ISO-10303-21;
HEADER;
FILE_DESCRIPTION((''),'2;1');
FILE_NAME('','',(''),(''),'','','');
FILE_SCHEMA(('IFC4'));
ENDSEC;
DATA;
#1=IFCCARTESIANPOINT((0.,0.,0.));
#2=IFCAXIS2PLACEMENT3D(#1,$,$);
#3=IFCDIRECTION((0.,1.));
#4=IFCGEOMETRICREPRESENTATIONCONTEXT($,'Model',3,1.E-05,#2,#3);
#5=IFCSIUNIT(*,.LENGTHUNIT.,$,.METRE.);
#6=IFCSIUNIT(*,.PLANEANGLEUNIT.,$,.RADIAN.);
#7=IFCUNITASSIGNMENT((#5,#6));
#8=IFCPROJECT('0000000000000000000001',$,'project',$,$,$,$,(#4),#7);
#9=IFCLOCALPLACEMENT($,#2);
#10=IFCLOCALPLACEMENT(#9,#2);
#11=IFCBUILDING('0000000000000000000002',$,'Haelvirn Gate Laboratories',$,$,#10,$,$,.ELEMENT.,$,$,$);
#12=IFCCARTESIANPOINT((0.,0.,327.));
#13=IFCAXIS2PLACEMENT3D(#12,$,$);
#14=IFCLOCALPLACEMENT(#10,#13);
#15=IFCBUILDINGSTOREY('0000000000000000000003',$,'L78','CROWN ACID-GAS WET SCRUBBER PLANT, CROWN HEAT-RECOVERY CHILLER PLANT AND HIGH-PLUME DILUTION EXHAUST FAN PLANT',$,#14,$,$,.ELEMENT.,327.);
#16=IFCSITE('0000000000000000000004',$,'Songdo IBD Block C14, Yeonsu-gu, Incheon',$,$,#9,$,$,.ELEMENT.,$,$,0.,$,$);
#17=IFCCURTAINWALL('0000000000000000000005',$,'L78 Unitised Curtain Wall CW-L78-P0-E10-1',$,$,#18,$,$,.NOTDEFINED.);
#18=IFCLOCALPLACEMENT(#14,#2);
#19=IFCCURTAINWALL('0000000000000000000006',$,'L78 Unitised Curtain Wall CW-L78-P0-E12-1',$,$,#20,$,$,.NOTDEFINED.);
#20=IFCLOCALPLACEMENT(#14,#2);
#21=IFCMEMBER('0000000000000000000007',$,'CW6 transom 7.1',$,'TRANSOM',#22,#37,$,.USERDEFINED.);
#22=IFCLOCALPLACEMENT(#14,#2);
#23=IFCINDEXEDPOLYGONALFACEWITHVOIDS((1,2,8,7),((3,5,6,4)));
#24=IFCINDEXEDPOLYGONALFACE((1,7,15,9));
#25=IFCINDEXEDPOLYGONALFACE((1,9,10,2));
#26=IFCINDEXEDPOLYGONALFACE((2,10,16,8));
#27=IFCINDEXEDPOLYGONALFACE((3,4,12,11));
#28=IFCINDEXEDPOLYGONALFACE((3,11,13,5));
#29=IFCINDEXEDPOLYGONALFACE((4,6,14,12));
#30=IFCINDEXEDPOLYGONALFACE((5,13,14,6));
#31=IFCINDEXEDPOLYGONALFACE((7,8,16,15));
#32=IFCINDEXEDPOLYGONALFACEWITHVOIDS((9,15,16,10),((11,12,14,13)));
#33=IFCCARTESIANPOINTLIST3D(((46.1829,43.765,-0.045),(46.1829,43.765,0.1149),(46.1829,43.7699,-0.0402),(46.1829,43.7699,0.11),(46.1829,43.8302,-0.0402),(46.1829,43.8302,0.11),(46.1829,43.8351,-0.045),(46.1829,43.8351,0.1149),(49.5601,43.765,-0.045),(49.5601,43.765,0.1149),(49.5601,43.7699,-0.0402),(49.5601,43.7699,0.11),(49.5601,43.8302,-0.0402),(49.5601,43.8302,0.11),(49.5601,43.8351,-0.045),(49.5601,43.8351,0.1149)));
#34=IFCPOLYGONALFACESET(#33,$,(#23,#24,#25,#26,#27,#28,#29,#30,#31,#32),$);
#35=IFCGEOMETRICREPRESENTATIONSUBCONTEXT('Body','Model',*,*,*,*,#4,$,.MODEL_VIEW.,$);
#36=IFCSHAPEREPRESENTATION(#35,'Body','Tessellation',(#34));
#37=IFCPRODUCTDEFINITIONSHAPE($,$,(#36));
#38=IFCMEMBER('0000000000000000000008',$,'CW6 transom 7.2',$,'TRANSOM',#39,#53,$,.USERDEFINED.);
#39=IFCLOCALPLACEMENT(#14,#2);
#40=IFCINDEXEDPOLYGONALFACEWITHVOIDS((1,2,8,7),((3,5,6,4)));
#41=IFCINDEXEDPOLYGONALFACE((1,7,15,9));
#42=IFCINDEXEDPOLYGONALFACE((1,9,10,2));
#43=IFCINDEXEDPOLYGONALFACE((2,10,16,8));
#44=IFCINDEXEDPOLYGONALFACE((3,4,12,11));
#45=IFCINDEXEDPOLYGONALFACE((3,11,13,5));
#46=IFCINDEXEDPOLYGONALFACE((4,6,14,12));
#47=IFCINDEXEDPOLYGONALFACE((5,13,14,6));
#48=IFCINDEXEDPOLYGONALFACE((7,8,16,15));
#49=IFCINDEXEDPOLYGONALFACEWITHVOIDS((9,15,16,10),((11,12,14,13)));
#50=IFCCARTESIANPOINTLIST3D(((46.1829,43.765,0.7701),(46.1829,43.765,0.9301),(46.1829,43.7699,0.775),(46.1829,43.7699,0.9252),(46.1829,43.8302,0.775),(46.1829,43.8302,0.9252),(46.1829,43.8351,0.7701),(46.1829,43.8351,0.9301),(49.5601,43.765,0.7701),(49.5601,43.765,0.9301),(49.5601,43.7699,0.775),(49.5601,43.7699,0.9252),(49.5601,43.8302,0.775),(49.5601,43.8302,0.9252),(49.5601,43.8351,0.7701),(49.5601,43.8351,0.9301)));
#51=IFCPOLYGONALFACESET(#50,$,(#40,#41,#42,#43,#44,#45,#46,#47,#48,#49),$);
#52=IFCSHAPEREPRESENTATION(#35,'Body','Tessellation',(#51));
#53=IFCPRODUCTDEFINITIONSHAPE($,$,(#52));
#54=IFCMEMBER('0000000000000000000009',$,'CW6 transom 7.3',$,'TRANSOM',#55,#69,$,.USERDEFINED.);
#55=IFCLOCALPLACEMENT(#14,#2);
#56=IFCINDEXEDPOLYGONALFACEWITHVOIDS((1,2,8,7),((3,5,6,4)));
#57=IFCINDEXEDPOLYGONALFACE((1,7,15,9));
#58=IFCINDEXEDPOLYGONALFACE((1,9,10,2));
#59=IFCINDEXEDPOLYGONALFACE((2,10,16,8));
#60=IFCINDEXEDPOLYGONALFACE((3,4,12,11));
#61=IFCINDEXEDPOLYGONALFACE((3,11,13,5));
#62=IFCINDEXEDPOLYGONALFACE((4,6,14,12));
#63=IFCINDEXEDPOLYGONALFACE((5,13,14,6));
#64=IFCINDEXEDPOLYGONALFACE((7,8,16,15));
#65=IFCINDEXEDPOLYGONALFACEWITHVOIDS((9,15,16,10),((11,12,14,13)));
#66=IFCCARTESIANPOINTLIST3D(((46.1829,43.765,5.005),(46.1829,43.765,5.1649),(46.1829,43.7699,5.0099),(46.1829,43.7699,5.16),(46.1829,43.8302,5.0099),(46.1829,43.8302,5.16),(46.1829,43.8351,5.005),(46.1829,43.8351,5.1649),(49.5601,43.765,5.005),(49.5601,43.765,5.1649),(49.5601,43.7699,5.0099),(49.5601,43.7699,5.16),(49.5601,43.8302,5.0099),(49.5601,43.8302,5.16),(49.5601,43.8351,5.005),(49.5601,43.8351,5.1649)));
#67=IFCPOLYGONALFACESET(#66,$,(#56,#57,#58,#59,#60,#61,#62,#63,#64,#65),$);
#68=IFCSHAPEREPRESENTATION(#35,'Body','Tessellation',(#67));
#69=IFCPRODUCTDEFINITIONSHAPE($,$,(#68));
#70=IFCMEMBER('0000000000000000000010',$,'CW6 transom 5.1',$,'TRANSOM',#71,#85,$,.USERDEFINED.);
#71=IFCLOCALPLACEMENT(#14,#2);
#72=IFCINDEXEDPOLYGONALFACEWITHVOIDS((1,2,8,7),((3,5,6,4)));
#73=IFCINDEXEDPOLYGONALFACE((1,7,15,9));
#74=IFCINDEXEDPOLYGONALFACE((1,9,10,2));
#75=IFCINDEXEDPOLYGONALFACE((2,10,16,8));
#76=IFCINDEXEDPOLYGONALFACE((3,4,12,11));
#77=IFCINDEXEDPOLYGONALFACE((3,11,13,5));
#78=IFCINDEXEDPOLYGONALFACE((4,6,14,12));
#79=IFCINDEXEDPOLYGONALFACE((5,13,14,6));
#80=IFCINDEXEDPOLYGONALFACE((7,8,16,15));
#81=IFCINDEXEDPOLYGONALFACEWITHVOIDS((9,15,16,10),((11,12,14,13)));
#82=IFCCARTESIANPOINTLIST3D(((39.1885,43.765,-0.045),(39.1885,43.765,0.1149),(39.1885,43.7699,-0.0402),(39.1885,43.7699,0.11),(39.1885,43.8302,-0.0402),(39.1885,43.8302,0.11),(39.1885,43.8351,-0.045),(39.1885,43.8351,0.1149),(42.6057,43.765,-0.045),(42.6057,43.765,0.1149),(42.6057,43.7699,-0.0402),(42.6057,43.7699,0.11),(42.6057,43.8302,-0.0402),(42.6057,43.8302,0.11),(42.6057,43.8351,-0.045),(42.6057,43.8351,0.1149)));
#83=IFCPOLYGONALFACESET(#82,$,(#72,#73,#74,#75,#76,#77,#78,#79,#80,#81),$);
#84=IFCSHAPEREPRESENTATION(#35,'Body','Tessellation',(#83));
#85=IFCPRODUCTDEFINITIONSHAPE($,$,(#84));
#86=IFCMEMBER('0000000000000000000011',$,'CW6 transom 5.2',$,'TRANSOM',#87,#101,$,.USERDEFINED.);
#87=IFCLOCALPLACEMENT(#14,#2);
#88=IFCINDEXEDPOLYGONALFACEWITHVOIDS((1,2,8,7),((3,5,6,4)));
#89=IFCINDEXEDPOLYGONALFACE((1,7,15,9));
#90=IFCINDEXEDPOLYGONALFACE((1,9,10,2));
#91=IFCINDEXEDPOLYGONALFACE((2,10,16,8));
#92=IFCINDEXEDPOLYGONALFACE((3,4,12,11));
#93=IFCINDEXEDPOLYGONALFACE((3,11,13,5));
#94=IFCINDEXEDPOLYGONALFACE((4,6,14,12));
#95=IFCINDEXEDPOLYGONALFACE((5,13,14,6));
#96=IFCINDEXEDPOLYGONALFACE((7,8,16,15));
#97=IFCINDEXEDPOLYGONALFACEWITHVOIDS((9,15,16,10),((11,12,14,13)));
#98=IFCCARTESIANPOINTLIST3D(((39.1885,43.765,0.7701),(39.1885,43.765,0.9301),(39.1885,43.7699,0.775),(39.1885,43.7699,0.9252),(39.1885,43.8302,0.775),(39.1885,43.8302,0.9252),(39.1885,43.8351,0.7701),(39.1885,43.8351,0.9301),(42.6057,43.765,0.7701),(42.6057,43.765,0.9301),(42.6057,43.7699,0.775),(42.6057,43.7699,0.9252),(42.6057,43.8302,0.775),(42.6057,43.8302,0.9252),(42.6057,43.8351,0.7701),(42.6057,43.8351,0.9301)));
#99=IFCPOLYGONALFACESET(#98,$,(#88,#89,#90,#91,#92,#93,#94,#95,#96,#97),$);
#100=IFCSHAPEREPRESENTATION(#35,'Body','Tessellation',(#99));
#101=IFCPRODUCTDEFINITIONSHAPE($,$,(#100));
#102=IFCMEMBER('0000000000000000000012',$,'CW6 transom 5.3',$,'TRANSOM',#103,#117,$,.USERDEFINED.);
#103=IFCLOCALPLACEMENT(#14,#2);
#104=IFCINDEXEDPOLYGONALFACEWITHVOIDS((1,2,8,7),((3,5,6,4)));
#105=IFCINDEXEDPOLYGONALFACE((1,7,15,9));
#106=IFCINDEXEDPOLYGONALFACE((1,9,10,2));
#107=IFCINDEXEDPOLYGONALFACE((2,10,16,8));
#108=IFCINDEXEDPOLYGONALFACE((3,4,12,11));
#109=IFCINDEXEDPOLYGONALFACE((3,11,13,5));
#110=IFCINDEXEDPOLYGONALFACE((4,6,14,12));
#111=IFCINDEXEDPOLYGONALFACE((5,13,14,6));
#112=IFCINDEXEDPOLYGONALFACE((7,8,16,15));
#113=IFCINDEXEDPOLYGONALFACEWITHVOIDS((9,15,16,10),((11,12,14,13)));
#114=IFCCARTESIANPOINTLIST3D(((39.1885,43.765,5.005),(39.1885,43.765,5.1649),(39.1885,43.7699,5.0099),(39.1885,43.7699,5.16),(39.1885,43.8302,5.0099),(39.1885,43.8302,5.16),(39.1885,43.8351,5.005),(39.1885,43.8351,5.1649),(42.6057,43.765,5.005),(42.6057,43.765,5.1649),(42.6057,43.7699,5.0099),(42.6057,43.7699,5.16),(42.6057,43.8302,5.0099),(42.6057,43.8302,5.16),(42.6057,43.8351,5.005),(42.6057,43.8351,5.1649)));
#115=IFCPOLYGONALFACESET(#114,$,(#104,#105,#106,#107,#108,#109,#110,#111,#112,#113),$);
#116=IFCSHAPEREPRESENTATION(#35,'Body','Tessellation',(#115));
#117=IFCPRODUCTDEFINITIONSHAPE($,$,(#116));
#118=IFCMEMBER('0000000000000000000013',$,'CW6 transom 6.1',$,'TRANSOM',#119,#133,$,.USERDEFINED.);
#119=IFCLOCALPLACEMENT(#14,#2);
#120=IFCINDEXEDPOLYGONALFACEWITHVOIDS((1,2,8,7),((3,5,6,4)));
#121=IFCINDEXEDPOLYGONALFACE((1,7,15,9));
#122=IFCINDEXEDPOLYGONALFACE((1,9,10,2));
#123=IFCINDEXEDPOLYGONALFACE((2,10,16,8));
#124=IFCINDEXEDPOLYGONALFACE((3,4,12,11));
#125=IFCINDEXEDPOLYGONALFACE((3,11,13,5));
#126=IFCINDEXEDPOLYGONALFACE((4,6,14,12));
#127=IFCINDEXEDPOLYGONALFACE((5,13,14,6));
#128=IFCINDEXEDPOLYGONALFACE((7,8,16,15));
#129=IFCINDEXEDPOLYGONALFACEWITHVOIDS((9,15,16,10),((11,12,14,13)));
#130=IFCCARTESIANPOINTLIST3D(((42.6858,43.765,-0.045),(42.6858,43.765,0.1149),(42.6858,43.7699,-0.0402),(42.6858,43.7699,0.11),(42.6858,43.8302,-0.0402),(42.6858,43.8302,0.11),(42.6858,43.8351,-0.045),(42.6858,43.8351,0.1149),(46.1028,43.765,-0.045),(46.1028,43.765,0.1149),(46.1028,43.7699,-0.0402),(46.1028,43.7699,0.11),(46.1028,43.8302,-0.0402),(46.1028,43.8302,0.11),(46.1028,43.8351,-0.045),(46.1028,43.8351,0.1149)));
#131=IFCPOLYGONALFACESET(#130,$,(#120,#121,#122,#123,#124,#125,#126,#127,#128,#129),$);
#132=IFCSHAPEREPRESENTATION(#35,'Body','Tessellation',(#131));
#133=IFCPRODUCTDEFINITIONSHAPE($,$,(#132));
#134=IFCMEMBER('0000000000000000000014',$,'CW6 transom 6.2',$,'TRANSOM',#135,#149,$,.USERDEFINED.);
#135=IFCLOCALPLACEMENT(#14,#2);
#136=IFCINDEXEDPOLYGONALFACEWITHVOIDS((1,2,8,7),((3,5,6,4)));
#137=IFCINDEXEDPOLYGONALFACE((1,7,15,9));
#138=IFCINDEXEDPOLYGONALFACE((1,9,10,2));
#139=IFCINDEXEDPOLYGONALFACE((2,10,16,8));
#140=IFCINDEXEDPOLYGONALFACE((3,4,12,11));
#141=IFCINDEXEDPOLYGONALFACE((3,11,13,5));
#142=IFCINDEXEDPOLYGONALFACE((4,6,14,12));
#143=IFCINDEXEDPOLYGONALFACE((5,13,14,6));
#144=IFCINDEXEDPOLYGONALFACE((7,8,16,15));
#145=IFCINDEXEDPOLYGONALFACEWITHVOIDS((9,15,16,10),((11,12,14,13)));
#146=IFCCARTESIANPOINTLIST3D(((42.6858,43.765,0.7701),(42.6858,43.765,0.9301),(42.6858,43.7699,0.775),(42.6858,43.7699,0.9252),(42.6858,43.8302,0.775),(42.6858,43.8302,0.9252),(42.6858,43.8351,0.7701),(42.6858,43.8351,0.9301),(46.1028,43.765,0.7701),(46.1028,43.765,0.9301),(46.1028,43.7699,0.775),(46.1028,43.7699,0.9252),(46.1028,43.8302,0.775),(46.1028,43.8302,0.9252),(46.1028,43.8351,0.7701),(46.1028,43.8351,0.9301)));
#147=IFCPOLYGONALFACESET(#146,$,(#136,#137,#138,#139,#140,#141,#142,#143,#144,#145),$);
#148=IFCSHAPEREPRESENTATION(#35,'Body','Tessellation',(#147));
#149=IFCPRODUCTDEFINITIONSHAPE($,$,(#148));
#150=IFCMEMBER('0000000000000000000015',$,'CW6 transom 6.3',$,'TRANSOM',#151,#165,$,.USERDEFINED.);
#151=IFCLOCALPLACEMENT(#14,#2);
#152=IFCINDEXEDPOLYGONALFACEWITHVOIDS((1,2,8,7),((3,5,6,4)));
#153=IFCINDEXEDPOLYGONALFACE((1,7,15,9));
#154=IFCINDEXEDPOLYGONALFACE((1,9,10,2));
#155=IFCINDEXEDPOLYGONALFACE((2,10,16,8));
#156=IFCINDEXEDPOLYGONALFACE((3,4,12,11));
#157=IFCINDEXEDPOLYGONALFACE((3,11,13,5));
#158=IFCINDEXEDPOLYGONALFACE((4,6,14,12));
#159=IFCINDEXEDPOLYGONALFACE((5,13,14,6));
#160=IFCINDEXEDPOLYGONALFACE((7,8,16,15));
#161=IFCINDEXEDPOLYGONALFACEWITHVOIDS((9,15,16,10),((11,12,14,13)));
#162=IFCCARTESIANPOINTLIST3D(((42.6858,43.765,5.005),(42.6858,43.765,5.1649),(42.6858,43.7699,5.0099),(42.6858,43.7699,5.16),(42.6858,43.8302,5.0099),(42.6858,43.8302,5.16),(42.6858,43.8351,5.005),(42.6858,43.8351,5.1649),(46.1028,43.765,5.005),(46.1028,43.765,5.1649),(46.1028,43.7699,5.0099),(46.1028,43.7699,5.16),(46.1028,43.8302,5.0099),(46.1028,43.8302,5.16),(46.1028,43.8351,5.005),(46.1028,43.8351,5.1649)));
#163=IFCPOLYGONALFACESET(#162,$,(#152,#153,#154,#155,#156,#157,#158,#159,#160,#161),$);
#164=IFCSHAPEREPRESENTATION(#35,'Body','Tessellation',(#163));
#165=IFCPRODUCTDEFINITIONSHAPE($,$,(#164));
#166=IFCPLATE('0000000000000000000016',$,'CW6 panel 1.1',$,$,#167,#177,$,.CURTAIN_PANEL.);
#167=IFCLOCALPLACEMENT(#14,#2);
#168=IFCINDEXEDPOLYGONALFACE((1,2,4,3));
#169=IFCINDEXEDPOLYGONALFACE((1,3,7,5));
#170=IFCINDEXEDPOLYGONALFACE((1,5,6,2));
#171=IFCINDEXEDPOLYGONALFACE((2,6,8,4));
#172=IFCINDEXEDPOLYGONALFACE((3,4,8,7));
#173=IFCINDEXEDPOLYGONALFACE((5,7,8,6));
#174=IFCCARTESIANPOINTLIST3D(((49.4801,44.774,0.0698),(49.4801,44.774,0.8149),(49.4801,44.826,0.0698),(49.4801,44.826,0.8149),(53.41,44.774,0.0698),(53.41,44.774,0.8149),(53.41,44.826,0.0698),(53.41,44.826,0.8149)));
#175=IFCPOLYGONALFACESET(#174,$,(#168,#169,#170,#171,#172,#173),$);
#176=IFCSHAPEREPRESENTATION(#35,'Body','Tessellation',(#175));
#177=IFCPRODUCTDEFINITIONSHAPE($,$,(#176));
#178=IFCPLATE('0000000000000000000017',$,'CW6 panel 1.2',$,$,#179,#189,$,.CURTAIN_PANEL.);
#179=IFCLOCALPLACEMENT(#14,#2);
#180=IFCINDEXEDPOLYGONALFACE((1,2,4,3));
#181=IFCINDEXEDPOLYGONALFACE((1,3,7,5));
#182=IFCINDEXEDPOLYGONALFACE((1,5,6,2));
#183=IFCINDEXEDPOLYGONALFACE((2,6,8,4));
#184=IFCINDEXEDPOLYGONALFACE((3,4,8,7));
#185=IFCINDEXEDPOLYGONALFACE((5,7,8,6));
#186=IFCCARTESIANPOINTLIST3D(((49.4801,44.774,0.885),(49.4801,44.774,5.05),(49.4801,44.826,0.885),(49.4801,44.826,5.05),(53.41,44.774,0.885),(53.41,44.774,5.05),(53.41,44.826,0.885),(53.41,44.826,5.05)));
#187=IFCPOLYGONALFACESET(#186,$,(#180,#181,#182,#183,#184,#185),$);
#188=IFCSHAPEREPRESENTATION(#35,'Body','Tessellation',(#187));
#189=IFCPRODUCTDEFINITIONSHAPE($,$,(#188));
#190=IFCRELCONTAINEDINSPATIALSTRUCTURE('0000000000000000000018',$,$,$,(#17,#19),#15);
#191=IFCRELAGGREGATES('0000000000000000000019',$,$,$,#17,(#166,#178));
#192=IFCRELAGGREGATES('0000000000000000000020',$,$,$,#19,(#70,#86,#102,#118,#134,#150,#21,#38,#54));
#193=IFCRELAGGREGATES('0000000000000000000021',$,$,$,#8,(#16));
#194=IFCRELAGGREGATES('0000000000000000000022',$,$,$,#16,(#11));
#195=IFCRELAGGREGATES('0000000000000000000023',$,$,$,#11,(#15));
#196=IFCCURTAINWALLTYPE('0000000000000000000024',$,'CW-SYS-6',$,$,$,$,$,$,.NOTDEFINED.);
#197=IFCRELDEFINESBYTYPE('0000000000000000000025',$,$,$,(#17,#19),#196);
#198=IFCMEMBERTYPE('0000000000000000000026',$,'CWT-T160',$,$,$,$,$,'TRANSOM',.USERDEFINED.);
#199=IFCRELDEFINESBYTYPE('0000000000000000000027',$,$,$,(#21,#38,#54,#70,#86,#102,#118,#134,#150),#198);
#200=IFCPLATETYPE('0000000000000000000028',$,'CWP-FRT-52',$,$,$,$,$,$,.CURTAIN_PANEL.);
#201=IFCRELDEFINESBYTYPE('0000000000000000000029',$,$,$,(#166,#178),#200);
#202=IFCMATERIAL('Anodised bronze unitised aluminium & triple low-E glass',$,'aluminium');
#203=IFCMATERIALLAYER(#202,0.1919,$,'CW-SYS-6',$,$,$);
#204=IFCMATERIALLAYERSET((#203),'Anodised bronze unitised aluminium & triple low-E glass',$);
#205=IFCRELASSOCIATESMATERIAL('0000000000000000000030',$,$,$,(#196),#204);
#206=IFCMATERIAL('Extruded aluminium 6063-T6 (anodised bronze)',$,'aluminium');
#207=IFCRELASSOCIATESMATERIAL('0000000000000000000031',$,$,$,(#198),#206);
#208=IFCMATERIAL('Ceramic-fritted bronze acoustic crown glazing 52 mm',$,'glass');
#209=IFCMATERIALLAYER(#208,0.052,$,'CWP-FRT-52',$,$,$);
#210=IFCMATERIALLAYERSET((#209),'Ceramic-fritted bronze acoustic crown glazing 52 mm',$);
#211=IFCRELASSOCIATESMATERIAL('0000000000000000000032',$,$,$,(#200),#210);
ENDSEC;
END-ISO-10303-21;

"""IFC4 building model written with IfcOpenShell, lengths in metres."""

from ifc_helpers import new_model, si_unit, direction, frame, origin, origin_2d, place, context, subcontext, project, spatial, rectangle, hollow_rectangle, extrude, source, transform, mapped, material, layer, layer_set, material_profile, profile_set, type_object, element, aggregate, save


model = new_model("IFC4")

# Units and contexts
model_context = context("Model", 3, precision=1e-05, world=origin(), true_north=direction((0.0, 1.0)))
body_context = subcontext(model_context, "Body", "Model", "MODEL_VIEW")
ifc_project = project(units=[si_unit("LENGTHUNIT", "METRE"), si_unit("PLANEANGLEUNIT", "RADIAN")], contexts=[model_context])

# Site, building, storey
site_placement = place(None, origin())
site = spatial("IfcSite", under=ifc_project, at=site_placement, Name="Songdo IBD Block C14, Yeonsu-gu, Incheon", CompositionType="ELEMENT", RefElevation=0.0)
building_placement = place(site_placement, origin())
building = spatial("IfcBuilding", under=site, at=building_placement, Name="Haelvirn Gate Laboratories", CompositionType="ELEMENT")
storey_placement = place(building_placement, frame((0.0, 0.0, 327.0)))
storey = spatial("IfcBuildingStorey", under=building, at=storey_placement, Name="L78", Description="CROWN ACID-GAS WET SCRUBBER PLANT, CROWN HEAT-RECOVERY CHILLER PLANT AND HIGH-PLUME DILUTION EXHAUST FAN PLANT", CompositionType="ELEMENT", Elevation=327.0)

# Curtain walls
ifc_material_1 = material(Name="Anodised bronze unitised aluminium & triple low-E glass", Category="aluminium")
ifc_layer_1 = layer(ifc_material_1, 0.1919, Name="CW-SYS-6")
ifc_layer_set_1 = layer_set([ifc_layer_1], Name="Anodised bronze unitised aluminium & triple low-E glass")
curtain_wall_type = type_object("IfcCurtainWallType", Name="CW-SYS-6", PredefinedType="NOTDEFINED", material=ifc_layer_set_1)
curtain_wall_1_placement = place(storey_placement, origin())
curtain_wall_1 = element("IfcCurtainWall", 1, at=curtain_wall_1_placement, inside=storey, type_object=curtain_wall_type, Name="L78 Unitised Curtain Wall CW-L78-P0-E10-1", PredefinedType="NOTDEFINED")
ifc_material_2 = material(Name="Extruded aluminium 6063-T6 (anodised bronze)", Category="aluminium")
curtain_wall_2_placement = place(storey_placement, origin())
curtain_wall_2 = element("IfcCurtainWall", 2, at=curtain_wall_2_placement, inside=storey, type_object=curtain_wall_type, Name="L78 Unitised Curtain Wall CW-L78-P0-E12-1", PredefinedType="NOTDEFINED")

# Members
ifc_material_profile_1 = material_profile(ifc_material_2, hollow_rectangle(XDim=0.0701, YDim=0.1599, WallThickness=0.0049, at=origin_2d()), Name="CWT-160x70x5")
ifc_profile_set_1 = profile_set([ifc_material_profile_1], Name="Extruded aluminium 6063-T6 (anodised bronze)")
member_type_1 = type_object("IfcMemberType", Name="CWT-T160", ElementType="TRANSOM", PredefinedType="USERDEFINED", material=ifc_profile_set_1)
shared_shape_1 = source(origin(), body_context, "Body", "SweptSolid", [
    extrude(hollow_rectangle(XDim=0.0701, YDim=0.1599, WallThickness=0.0049, at=origin_2d()), origin(), (0.0, 0.0, 1.0), 3.3772),
])
member_1_placement = place(storey_placement, frame((46.1829, 43.8, 0.0349), z_axis=(1.0, 0.0, 0.0), x_axis=(0.0, 1.0, 0.0)))
member_1 = element("IfcMember", 3, at=member_1_placement, type_object=member_type_1, Name="CW6 transom 7.1", ObjectType="TRANSOM", PredefinedType="USERDEFINED", context=body_context, shape_type="MappedRepresentation", body=[
    mapped(shared_shape_1, transform((0.0, 0.0, 0.0), scale=1.0)),
])
member_2_placement = place(storey_placement, frame((46.1829, 43.8, 0.8501), z_axis=(1.0, 0.0, 0.0), x_axis=(0.0, 1.0, 0.0)))
member_2 = element("IfcMember", 4, at=member_2_placement, type_object=member_type_1, Name="CW6 transom 7.2", ObjectType="TRANSOM", PredefinedType="USERDEFINED", context=body_context, shape_type="MappedRepresentation", body=[
    mapped(shared_shape_1, transform((0.0, 0.0, 0.0), scale=1.0)),
])
member_3_placement = place(storey_placement, frame((46.1829, 43.8, 5.085), z_axis=(1.0, 0.0, 0.0), x_axis=(0.0, 1.0, 0.0)))
member_3 = element("IfcMember", 5, at=member_3_placement, type_object=member_type_1, Name="CW6 transom 7.3", ObjectType="TRANSOM", PredefinedType="USERDEFINED", context=body_context, shape_type="MappedRepresentation", body=[
    mapped(shared_shape_1, transform((0.0, 0.0, 0.0), scale=1.0)),
])
shared_shape_2 = source(origin(), body_context, "Body", "SweptSolid", [
    extrude(hollow_rectangle(XDim=0.0701, YDim=0.1599, WallThickness=0.0049, at=origin_2d()), origin(), (0.0, 0.0, 1.0), 3.4172),
])
member_4_placement = place(storey_placement, frame((39.1885, 43.8, 0.0349), z_axis=(1.0, 0.0, 0.0), x_axis=(0.0, 1.0, 0.0)))
member_4 = element("IfcMember", 6, at=member_4_placement, type_object=member_type_1, Name="CW6 transom 5.1", ObjectType="TRANSOM", PredefinedType="USERDEFINED", context=body_context, shape_type="MappedRepresentation", body=[
    mapped(shared_shape_2, transform((0.0, 0.0, 0.0), scale=1.0)),
])
member_5_placement = place(storey_placement, frame((39.1885, 43.8, 0.8501), z_axis=(1.0, 0.0, 0.0), x_axis=(0.0, 1.0, 0.0)))
member_5 = element("IfcMember", 7, at=member_5_placement, type_object=member_type_1, Name="CW6 transom 5.2", ObjectType="TRANSOM", PredefinedType="USERDEFINED", context=body_context, shape_type="MappedRepresentation", body=[
    mapped(shared_shape_2, transform((0.0, 0.0, 0.0), scale=1.0)),
])
member_6_placement = place(storey_placement, frame((39.1885, 43.8, 5.085), z_axis=(1.0, 0.0, 0.0), x_axis=(0.0, 1.0, 0.0)))
member_6 = element("IfcMember", 8, at=member_6_placement, type_object=member_type_1, Name="CW6 transom 5.3", ObjectType="TRANSOM", PredefinedType="USERDEFINED", context=body_context, shape_type="MappedRepresentation", body=[
    mapped(shared_shape_2, transform((0.0, 0.0, 0.0), scale=1.0)),
])
shared_shape_3 = source(origin(), body_context, "Body", "SweptSolid", [
    extrude(hollow_rectangle(XDim=0.0701, YDim=0.1599, WallThickness=0.0049, at=origin_2d()), origin(), (0.0, 0.0, 1.0), 3.417),
])
member_7_placement = place(storey_placement, frame((42.6858, 43.8, 0.0349), z_axis=(1.0, 0.0, 0.0), x_axis=(0.0, 1.0, 0.0)))
member_7 = element("IfcMember", 9, at=member_7_placement, type_object=member_type_1, Name="CW6 transom 6.1", ObjectType="TRANSOM", PredefinedType="USERDEFINED", context=body_context, shape_type="MappedRepresentation", body=[
    mapped(shared_shape_3, transform((0.0, 0.0, 0.0), scale=1.0)),
])
member_8_placement = place(storey_placement, frame((42.6858, 43.8, 0.8501), z_axis=(1.0, 0.0, 0.0), x_axis=(0.0, 1.0, 0.0)))
member_8 = element("IfcMember", 10, at=member_8_placement, type_object=member_type_1, Name="CW6 transom 6.2", ObjectType="TRANSOM", PredefinedType="USERDEFINED", context=body_context, shape_type="MappedRepresentation", body=[
    mapped(shared_shape_3, transform((0.0, 0.0, 0.0), scale=1.0)),
])
member_9_placement = place(storey_placement, frame((42.6858, 43.8, 5.085), z_axis=(1.0, 0.0, 0.0), x_axis=(0.0, 1.0, 0.0)))
member_9 = element("IfcMember", 11, at=member_9_placement, type_object=member_type_1, Name="CW6 transom 6.3", ObjectType="TRANSOM", PredefinedType="USERDEFINED", context=body_context, shape_type="MappedRepresentation", body=[
    mapped(shared_shape_3, transform((0.0, 0.0, 0.0), scale=1.0)),
])

# Plates
ifc_material_3 = material(Name="Ceramic-fritted bronze acoustic crown glazing 52 mm", Category="glass")
ifc_layer_2 = layer(ifc_material_3, 0.052, Name="CWP-FRT-52")
ifc_layer_set_2 = layer_set([ifc_layer_2], Name="Ceramic-fritted bronze acoustic crown glazing 52 mm")
plate_type = type_object("IfcPlateType", Name="CWP-FRT-52", PredefinedType="CURTAIN_PANEL", material=ifc_layer_set_2)
shared_shape_4 = source(origin(), body_context, "Body", "SweptSolid", [
    extrude(rectangle(XDim=3.9299, YDim=0.052, at=origin_2d()), origin(), (0.0, 0.0, 1.0), 0.7451),
])
plate_1_placement = place(storey_placement, frame((51.4451, 44.8, 0.0698), z_axis=(0.0, 0.0, 1.0), x_axis=(1.0, 0.0, 0.0)))
plate_1 = element("IfcPlate", 12, at=plate_1_placement, type_object=plate_type, Name="CW6 panel 1.1", PredefinedType="CURTAIN_PANEL", context=body_context, shape_type="MappedRepresentation", body=[
    mapped(shared_shape_4, transform((0.0, 0.0, 0.0), scale=1.0)),
])
shared_shape_5 = source(origin(), body_context, "Body", "SweptSolid", [
    extrude(rectangle(XDim=3.9299, YDim=0.052, at=origin_2d()), origin(), (0.0, 0.0, 1.0), 4.165),
])
plate_2_placement = place(storey_placement, frame((51.4451, 44.8, 0.885), z_axis=(0.0, 0.0, 1.0), x_axis=(1.0, 0.0, 0.0)))
plate_2 = element("IfcPlate", 13, at=plate_2_placement, type_object=plate_type, Name="CW6 panel 1.2", PredefinedType="CURTAIN_PANEL", context=body_context, shape_type="MappedRepresentation", body=[
    mapped(shared_shape_5, transform((0.0, 0.0, 0.0), scale=1.0)),
])
aggregate(curtain_wall_1, [plate_1, plate_2])
aggregate(curtain_wall_2, [member_4, member_5, member_6, member_7, member_8, member_9, member_1, member_2, member_3])

save(model, "model.ifc")
